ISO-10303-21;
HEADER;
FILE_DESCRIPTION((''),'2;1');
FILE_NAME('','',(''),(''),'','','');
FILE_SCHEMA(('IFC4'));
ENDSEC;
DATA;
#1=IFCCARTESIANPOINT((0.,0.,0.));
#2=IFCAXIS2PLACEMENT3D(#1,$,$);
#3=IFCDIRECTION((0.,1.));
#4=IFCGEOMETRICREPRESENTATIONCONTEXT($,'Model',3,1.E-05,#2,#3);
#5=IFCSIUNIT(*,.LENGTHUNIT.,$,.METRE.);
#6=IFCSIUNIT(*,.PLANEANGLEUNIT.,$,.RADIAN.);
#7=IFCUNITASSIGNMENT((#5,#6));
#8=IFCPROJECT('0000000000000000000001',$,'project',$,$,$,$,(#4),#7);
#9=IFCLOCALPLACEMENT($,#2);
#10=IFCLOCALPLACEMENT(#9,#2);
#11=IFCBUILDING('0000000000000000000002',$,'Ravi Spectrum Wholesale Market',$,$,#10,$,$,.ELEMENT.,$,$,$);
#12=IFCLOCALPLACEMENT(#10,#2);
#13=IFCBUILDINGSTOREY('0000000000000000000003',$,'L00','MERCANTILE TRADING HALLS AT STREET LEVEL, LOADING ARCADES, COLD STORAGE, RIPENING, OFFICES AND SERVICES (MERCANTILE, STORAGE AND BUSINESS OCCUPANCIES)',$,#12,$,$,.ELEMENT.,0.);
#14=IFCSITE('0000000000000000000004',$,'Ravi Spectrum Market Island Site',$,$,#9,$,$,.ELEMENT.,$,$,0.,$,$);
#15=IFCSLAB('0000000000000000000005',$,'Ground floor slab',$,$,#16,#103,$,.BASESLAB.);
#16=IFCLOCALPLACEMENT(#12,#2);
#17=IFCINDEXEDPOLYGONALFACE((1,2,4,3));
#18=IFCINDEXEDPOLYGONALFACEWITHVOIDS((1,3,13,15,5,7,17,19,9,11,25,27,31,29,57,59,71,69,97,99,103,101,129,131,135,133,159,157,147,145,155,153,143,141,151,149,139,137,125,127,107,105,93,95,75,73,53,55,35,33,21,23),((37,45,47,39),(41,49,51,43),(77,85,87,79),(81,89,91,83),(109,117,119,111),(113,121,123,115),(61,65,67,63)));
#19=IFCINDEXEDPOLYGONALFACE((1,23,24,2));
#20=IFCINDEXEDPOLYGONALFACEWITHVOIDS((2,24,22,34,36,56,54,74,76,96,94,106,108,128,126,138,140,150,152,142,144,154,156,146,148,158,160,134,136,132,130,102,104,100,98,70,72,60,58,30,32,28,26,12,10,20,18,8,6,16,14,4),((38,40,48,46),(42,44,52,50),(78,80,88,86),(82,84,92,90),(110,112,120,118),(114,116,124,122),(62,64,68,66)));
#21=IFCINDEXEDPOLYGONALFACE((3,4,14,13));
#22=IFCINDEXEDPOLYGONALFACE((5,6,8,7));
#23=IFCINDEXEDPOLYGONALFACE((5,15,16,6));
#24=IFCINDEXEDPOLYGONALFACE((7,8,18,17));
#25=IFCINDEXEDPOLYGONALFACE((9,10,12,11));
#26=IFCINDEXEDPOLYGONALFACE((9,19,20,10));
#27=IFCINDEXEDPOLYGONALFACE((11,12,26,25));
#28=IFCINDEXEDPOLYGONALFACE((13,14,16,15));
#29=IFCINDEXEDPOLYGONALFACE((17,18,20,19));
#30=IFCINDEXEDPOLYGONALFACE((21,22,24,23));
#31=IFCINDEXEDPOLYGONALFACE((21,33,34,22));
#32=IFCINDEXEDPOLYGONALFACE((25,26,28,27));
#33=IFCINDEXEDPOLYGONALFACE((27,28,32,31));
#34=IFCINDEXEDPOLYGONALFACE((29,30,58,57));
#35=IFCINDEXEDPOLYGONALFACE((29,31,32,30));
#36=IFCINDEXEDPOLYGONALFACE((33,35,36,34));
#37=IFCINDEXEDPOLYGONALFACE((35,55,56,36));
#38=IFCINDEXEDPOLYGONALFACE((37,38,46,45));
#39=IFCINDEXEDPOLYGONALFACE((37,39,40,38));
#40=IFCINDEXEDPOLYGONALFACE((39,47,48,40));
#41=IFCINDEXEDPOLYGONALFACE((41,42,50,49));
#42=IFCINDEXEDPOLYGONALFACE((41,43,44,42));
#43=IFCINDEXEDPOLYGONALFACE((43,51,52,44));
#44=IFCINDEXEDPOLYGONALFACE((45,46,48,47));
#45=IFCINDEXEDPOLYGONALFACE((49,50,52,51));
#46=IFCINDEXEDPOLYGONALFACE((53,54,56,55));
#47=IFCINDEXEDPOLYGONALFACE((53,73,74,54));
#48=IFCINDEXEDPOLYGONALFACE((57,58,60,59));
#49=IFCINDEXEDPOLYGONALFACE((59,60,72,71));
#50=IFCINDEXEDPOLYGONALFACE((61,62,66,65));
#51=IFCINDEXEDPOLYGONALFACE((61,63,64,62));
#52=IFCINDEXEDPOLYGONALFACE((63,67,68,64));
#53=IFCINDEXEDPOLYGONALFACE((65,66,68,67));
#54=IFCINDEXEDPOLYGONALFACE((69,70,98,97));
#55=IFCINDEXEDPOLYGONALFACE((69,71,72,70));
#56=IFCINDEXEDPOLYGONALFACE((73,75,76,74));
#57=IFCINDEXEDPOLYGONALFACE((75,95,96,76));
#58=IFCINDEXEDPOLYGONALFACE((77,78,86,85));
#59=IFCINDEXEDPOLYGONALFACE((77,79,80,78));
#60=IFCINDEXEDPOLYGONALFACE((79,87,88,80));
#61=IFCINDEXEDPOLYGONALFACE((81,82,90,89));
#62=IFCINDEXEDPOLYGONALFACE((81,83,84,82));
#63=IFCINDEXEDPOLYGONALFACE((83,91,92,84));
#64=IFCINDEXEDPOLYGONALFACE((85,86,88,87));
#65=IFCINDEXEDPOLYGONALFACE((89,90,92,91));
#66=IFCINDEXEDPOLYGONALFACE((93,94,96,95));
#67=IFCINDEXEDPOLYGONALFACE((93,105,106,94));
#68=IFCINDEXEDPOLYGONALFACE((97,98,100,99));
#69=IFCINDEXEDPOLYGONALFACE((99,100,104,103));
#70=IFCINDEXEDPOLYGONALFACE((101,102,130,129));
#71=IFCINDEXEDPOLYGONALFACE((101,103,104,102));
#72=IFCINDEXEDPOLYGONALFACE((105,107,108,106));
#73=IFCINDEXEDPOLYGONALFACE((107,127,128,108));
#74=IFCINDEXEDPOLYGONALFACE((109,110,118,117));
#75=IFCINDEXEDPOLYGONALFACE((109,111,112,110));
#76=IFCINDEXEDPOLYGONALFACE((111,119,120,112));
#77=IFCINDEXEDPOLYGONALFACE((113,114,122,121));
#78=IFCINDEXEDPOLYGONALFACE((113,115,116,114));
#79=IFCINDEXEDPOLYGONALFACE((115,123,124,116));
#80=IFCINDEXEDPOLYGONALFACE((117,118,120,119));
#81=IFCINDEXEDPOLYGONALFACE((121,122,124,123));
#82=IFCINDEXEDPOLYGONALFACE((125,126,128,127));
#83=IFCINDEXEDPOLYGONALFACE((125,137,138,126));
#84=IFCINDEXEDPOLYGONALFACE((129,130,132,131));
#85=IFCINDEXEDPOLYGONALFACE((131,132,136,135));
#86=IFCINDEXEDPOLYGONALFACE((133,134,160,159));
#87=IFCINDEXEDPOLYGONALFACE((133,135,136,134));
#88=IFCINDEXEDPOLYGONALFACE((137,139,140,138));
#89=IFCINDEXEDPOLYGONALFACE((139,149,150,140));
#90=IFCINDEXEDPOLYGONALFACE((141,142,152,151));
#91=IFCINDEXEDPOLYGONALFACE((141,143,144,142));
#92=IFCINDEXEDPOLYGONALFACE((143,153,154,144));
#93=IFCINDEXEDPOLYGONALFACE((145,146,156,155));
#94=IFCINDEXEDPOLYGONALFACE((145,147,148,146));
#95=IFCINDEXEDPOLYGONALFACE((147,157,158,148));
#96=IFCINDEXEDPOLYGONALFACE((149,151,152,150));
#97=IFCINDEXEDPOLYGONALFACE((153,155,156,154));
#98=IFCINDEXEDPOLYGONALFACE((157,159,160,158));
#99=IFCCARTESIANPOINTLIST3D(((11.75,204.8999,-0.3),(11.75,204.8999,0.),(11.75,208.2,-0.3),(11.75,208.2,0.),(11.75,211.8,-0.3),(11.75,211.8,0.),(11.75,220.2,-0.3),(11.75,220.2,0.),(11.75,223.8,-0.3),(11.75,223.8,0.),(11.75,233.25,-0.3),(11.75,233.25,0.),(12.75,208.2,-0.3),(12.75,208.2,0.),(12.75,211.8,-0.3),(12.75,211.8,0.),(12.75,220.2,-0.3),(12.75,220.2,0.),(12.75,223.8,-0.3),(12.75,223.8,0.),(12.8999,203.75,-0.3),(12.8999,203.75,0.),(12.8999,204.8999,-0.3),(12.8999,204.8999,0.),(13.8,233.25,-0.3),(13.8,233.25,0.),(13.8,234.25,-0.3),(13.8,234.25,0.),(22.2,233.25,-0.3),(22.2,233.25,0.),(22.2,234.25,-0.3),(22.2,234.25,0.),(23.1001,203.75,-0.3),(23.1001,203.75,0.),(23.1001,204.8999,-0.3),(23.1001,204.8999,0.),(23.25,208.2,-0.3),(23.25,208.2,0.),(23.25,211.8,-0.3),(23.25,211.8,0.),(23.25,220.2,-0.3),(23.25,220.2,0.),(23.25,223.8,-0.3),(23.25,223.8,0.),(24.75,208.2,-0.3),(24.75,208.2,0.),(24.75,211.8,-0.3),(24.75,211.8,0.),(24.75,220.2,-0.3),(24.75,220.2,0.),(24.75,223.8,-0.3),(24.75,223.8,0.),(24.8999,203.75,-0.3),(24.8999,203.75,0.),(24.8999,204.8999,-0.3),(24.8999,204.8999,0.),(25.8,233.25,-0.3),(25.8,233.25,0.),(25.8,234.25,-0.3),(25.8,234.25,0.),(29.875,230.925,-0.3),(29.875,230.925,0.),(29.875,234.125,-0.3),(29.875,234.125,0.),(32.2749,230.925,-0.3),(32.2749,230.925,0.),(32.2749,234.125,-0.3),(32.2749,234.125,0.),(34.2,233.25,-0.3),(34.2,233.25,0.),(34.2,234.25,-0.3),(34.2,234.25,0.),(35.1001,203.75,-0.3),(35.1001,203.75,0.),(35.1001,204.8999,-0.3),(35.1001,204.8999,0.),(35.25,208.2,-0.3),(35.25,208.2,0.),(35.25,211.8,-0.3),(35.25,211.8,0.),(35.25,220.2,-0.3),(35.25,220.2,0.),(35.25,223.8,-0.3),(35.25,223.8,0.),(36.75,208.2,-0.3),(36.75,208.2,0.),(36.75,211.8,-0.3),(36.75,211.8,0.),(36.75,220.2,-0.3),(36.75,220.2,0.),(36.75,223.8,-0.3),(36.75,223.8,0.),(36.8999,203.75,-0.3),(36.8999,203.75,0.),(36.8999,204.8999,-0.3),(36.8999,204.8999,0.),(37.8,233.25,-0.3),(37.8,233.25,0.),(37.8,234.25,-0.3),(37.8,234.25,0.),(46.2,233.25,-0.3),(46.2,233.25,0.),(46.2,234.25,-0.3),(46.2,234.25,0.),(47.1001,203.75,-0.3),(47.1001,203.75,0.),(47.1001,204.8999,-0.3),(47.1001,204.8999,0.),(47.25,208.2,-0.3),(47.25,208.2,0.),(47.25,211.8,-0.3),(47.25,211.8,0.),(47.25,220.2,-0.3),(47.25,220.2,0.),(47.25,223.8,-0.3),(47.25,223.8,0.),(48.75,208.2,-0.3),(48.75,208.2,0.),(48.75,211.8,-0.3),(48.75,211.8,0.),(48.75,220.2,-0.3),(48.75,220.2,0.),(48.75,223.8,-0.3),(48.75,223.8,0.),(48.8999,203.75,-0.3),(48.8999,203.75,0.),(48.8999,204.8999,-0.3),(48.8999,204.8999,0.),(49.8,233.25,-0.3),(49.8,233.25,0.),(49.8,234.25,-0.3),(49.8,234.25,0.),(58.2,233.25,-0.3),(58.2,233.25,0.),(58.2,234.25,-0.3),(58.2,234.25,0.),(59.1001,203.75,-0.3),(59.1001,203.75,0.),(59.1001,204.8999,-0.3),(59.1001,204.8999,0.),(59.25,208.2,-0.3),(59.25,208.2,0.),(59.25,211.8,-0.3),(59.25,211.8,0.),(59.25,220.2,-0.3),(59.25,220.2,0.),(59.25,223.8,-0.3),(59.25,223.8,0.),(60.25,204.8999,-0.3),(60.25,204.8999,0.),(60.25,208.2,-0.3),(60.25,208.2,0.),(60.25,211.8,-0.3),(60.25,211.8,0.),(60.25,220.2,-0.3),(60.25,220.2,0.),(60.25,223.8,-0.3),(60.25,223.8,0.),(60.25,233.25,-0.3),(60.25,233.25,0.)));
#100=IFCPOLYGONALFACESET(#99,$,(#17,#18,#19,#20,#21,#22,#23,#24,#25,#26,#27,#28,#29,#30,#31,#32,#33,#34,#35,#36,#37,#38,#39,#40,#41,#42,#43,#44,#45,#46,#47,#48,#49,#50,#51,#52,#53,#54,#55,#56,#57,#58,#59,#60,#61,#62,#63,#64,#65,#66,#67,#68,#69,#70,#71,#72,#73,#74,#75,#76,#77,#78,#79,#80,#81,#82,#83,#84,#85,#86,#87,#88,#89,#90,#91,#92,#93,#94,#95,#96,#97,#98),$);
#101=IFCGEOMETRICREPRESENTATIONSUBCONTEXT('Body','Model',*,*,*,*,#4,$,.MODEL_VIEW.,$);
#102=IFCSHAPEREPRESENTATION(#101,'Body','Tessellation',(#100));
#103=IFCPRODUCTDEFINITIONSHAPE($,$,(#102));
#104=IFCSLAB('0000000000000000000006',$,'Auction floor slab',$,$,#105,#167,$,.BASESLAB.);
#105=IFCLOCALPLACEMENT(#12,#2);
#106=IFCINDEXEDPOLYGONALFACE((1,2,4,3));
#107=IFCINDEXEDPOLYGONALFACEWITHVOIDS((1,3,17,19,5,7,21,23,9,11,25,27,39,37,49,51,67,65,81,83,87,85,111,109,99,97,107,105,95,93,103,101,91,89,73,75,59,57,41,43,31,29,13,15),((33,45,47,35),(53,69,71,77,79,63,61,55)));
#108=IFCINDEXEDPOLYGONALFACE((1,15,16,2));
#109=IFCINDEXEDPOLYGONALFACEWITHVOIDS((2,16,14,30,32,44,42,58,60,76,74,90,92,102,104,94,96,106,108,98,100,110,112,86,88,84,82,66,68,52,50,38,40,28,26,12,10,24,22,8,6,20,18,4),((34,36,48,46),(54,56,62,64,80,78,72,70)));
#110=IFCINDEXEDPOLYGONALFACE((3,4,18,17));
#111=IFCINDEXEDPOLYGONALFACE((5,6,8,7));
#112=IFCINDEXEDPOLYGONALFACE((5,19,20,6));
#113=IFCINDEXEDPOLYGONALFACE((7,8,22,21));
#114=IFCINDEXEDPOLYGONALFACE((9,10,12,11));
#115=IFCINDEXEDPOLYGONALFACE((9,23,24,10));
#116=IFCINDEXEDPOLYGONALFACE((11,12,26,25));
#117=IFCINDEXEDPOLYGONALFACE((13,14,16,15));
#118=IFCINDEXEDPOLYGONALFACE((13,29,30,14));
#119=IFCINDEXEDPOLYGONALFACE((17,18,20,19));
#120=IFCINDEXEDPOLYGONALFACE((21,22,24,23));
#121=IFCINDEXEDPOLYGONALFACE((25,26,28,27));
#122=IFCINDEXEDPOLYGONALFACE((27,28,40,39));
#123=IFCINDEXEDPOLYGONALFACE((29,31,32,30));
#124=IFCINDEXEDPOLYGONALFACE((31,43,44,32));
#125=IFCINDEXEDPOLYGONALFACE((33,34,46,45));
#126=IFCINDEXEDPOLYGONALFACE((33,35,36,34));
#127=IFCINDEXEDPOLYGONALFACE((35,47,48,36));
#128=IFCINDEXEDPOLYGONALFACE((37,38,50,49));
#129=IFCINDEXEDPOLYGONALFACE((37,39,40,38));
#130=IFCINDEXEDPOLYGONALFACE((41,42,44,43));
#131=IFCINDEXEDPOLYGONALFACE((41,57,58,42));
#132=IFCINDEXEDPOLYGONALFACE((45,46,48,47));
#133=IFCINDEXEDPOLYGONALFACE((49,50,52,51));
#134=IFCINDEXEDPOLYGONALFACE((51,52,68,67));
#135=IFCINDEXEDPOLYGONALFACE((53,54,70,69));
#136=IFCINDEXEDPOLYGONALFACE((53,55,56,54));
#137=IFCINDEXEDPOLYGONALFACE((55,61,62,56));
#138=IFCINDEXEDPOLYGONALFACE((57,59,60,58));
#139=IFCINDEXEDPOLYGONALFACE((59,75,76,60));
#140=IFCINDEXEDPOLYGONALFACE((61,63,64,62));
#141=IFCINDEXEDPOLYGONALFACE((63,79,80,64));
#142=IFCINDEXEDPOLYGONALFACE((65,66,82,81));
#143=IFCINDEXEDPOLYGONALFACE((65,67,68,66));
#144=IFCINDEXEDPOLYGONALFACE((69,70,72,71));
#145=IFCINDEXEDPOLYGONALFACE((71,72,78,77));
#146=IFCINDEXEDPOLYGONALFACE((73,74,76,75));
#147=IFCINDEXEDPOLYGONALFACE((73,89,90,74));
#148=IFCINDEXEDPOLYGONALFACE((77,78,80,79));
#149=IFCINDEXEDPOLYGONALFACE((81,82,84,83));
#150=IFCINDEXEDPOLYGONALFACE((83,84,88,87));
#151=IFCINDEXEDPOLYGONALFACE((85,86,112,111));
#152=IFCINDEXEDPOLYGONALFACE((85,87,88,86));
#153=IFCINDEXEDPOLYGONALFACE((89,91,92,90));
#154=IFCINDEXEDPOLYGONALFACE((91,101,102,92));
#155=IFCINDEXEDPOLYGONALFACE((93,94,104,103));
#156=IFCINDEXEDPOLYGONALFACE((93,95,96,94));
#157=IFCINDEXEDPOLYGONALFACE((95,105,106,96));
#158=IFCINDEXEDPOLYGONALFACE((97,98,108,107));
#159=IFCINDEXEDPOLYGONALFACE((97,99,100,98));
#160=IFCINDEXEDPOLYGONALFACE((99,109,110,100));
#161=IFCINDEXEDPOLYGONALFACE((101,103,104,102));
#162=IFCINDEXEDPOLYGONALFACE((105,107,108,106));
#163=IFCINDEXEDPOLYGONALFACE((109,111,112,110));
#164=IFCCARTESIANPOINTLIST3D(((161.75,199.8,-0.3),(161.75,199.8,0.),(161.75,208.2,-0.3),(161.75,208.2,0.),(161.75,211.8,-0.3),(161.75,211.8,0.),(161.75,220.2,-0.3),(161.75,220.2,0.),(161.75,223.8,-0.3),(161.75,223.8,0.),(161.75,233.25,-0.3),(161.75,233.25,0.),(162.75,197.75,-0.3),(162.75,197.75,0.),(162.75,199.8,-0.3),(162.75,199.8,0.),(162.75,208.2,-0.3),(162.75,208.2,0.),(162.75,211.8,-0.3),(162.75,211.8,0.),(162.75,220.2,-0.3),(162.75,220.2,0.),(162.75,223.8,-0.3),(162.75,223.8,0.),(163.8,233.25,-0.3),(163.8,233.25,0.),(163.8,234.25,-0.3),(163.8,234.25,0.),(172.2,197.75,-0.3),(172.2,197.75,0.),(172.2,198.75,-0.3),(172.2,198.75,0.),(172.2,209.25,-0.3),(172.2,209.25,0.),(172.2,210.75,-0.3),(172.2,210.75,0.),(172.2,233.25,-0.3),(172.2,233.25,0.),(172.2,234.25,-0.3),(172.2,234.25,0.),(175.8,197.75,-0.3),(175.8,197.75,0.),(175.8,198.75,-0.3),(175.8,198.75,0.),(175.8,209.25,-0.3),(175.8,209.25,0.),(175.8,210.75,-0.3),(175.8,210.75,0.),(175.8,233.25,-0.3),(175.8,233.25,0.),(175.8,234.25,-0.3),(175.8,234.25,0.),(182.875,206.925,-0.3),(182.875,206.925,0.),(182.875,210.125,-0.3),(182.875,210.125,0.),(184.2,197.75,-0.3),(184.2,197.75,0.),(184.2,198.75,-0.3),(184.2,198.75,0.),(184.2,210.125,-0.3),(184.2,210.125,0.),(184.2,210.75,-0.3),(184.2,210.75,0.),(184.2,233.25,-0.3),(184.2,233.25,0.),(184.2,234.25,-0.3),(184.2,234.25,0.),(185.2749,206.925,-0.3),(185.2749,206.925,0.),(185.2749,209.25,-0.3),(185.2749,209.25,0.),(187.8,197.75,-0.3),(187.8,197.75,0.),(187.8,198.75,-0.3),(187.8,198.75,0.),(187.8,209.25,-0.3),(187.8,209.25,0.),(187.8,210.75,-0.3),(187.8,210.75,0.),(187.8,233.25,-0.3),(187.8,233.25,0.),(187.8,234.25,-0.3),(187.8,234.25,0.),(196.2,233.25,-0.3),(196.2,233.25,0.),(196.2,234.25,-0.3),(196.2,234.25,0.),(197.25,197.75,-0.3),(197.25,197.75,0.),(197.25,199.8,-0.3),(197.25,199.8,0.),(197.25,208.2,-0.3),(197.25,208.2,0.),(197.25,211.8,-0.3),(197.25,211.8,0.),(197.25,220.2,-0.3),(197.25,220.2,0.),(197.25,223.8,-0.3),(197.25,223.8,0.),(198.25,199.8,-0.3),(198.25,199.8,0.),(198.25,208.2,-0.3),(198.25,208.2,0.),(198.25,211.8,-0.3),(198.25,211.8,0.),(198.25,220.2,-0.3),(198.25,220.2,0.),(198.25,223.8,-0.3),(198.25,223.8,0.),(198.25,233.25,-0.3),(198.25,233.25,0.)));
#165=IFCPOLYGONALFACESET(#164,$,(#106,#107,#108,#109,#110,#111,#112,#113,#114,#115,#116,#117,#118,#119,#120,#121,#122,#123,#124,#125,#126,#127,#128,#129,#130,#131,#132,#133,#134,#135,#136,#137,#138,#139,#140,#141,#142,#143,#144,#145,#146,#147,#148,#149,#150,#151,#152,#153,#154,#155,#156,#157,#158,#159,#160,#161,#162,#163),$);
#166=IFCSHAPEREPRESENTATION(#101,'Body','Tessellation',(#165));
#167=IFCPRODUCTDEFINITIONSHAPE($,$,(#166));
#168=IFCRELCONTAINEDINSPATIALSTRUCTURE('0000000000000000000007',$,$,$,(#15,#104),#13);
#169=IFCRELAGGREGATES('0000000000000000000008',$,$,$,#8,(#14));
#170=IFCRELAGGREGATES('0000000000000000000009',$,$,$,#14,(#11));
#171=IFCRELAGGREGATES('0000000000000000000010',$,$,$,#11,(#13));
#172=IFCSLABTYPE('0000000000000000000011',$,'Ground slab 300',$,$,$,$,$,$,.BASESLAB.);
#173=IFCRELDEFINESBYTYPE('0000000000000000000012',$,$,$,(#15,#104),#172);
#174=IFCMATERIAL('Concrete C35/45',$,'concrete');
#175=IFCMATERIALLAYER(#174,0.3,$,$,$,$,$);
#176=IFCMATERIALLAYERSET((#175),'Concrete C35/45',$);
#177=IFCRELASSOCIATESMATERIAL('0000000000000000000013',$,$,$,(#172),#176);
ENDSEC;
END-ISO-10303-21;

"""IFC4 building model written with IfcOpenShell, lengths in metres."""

from ifc_helpers import new_model, si_unit, direction, frame, origin, place, context, subcontext, project, spatial, polyline, outline, extrude, material, layer, layer_set, type_object, element, save


model = new_model("IFC4")

# Units and contexts
model_context = context("Model", 3, precision=1e-05, world=origin(), true_north=direction((0.0, 1.0)))
body_context = subcontext(model_context, "Body", "Model", "MODEL_VIEW")
ifc_project = project(units=[si_unit("LENGTHUNIT", "METRE"), si_unit("PLANEANGLEUNIT", "RADIAN")], contexts=[model_context])

# Site, building, storey
site_placement = place(None, origin())
site = spatial("IfcSite", under=ifc_project, at=site_placement, Name="Ravi Spectrum Market Island Site", CompositionType="ELEMENT", RefElevation=0.0)
building_placement = place(site_placement, origin())
building = spatial("IfcBuilding", under=site, at=building_placement, Name="Ravi Spectrum Wholesale Market", CompositionType="ELEMENT")
storey_placement = place(building_placement, origin())
storey = spatial("IfcBuildingStorey", under=building, at=storey_placement, Name="L00", Description="MERCANTILE TRADING HALLS AT STREET LEVEL, LOADING ARCADES, COLD STORAGE, RIPENING, OFFICES AND SERVICES (MERCANTILE, STORAGE AND BUSINESS OCCUPANCIES)", CompositionType="ELEMENT", Elevation=0.0)

# Slabs
ifc_material_1 = material(Name="Concrete C35/45", Category="concrete")
ifc_layer_1 = layer(ifc_material_1, 0.3)
ifc_layer_set_1 = layer_set([ifc_layer_1], Name="Concrete C35/45")
slab_type_1 = type_object("IfcSlabType", Name="Ground slab 300", PredefinedType="BASESLAB", material=ifc_layer_set_1)
slab_1_placement = place(storey_placement, frame((0.0, 0.0, -0.3)))
element("IfcSlab", 1, at=slab_1_placement, inside=storey, type_object=slab_type_1, Name="Ground floor slab", PredefinedType="BASESLAB", context=body_context, shape_type="SweptSolid", body=[
    extrude(outline(polyline([(60.25, 204.8999), (59.1001, 204.8999), (59.1001, 203.75), (48.8999, 203.75), (48.8999, 204.8999), (47.1001, 204.8999), (47.1001, 203.75), (36.8999, 203.75), (36.8999, 204.8999), (35.1001, 204.8999), (35.1001, 203.75), (24.8999, 203.75), (24.8999, 204.8999), (23.1001, 204.8999), (23.1001, 203.75), (12.8999, 203.75), (12.8999, 204.8999), (11.75, 204.8999), (11.75, 208.2), (12.75, 208.2), (12.75, 211.8), (11.75, 211.8), (11.75, 220.2), (12.75, 220.2), (12.75, 223.8), (11.75, 223.8), (11.75, 233.25), (13.8, 233.25), (13.8, 234.25), (22.2, 234.25), (22.2, 233.25), (25.8, 233.25), (25.8, 234.25), (34.2, 234.25), (34.2, 233.25), (37.8, 233.25), (37.8, 234.25), (46.2, 234.25), (46.2, 233.25), (49.8, 233.25), (49.8, 234.25), (58.2, 234.25), (58.2, 233.25), (60.25, 233.25), (60.25, 223.8), (59.25, 223.8), (59.25, 220.2), (60.25, 220.2), (60.25, 211.8), (59.25, 211.8), (59.25, 208.2), (60.25, 208.2), (60.25, 204.8999)]), holes=[polyline([(24.75, 208.2), (24.75, 211.8), (23.25, 211.8), (23.25, 208.2), (24.75, 208.2)]), polyline([(24.75, 223.8), (23.25, 223.8), (23.25, 220.2), (24.75, 220.2), (24.75, 223.8)]), polyline([(36.75, 223.8), (35.25, 223.8), (35.25, 220.2), (36.75, 220.2), (36.75, 223.8)]), polyline([(32.2749, 230.925), (32.2749, 234.125), (29.875, 234.125), (29.875, 230.925), (32.2749, 230.925)]), polyline([(36.75, 208.2), (36.75, 211.8), (35.25, 211.8), (35.25, 208.2), (36.75, 208.2)]), polyline([(48.75, 211.8), (47.25, 211.8), (47.25, 208.2), (48.75, 208.2), (48.75, 211.8)]), polyline([(48.75, 220.2), (48.75, 223.8), (47.25, 223.8), (47.25, 220.2), (48.75, 220.2)])]), origin(), (0.0, 0.0, 1.0), 0.3),
])
slab_2_placement = place(storey_placement, frame((0.0, 0.0, -0.3)))
element("IfcSlab", 2, at=slab_2_placement, inside=storey, type_object=slab_type_1, Name="Auction floor slab", PredefinedType="BASESLAB", context=body_context, shape_type="SweptSolid", body=[
    extrude(outline(polyline([(198.25, 199.8), (197.25, 199.8), (197.25, 197.75), (187.8, 197.75), (187.8, 198.75), (184.2, 198.75), (184.2, 197.75), (175.8, 197.75), (175.8, 198.75), (172.2, 198.75), (172.2, 197.75), (162.75, 197.75), (162.75, 199.8), (161.75, 199.8), (161.75, 208.2), (162.75, 208.2), (162.75, 211.8), (161.75, 211.8), (161.75, 220.2), (162.75, 220.2), (162.75, 223.8), (161.75, 223.8), (161.75, 233.25), (163.8, 233.25), (163.8, 234.25), (172.2, 234.25), (172.2, 233.25), (175.8, 233.25), (175.8, 234.25), (184.2, 234.25), (184.2, 233.25), (187.8, 233.25), (187.8, 234.25), (196.2, 234.25), (196.2, 233.25), (198.25, 233.25), (198.25, 223.8), (197.25, 223.8), (197.25, 220.2), (198.25, 220.2), (198.25, 211.8), (197.25, 211.8), (197.25, 208.2), (198.25, 208.2), (198.25, 199.8)]), holes=[polyline([(185.2749, 206.925), (185.2749, 209.25), (187.8, 209.25), (187.8, 210.75), (184.2, 210.75), (184.2, 210.125), (182.875, 210.125), (182.875, 206.925), (185.2749, 206.925)]), polyline([(175.8, 209.25), (175.8, 210.75), (172.2, 210.75), (172.2, 209.25), (175.8, 209.25)])]), origin(), (0.0, 0.0, 1.0), 0.3),
])

save(model, "model.ifc")
